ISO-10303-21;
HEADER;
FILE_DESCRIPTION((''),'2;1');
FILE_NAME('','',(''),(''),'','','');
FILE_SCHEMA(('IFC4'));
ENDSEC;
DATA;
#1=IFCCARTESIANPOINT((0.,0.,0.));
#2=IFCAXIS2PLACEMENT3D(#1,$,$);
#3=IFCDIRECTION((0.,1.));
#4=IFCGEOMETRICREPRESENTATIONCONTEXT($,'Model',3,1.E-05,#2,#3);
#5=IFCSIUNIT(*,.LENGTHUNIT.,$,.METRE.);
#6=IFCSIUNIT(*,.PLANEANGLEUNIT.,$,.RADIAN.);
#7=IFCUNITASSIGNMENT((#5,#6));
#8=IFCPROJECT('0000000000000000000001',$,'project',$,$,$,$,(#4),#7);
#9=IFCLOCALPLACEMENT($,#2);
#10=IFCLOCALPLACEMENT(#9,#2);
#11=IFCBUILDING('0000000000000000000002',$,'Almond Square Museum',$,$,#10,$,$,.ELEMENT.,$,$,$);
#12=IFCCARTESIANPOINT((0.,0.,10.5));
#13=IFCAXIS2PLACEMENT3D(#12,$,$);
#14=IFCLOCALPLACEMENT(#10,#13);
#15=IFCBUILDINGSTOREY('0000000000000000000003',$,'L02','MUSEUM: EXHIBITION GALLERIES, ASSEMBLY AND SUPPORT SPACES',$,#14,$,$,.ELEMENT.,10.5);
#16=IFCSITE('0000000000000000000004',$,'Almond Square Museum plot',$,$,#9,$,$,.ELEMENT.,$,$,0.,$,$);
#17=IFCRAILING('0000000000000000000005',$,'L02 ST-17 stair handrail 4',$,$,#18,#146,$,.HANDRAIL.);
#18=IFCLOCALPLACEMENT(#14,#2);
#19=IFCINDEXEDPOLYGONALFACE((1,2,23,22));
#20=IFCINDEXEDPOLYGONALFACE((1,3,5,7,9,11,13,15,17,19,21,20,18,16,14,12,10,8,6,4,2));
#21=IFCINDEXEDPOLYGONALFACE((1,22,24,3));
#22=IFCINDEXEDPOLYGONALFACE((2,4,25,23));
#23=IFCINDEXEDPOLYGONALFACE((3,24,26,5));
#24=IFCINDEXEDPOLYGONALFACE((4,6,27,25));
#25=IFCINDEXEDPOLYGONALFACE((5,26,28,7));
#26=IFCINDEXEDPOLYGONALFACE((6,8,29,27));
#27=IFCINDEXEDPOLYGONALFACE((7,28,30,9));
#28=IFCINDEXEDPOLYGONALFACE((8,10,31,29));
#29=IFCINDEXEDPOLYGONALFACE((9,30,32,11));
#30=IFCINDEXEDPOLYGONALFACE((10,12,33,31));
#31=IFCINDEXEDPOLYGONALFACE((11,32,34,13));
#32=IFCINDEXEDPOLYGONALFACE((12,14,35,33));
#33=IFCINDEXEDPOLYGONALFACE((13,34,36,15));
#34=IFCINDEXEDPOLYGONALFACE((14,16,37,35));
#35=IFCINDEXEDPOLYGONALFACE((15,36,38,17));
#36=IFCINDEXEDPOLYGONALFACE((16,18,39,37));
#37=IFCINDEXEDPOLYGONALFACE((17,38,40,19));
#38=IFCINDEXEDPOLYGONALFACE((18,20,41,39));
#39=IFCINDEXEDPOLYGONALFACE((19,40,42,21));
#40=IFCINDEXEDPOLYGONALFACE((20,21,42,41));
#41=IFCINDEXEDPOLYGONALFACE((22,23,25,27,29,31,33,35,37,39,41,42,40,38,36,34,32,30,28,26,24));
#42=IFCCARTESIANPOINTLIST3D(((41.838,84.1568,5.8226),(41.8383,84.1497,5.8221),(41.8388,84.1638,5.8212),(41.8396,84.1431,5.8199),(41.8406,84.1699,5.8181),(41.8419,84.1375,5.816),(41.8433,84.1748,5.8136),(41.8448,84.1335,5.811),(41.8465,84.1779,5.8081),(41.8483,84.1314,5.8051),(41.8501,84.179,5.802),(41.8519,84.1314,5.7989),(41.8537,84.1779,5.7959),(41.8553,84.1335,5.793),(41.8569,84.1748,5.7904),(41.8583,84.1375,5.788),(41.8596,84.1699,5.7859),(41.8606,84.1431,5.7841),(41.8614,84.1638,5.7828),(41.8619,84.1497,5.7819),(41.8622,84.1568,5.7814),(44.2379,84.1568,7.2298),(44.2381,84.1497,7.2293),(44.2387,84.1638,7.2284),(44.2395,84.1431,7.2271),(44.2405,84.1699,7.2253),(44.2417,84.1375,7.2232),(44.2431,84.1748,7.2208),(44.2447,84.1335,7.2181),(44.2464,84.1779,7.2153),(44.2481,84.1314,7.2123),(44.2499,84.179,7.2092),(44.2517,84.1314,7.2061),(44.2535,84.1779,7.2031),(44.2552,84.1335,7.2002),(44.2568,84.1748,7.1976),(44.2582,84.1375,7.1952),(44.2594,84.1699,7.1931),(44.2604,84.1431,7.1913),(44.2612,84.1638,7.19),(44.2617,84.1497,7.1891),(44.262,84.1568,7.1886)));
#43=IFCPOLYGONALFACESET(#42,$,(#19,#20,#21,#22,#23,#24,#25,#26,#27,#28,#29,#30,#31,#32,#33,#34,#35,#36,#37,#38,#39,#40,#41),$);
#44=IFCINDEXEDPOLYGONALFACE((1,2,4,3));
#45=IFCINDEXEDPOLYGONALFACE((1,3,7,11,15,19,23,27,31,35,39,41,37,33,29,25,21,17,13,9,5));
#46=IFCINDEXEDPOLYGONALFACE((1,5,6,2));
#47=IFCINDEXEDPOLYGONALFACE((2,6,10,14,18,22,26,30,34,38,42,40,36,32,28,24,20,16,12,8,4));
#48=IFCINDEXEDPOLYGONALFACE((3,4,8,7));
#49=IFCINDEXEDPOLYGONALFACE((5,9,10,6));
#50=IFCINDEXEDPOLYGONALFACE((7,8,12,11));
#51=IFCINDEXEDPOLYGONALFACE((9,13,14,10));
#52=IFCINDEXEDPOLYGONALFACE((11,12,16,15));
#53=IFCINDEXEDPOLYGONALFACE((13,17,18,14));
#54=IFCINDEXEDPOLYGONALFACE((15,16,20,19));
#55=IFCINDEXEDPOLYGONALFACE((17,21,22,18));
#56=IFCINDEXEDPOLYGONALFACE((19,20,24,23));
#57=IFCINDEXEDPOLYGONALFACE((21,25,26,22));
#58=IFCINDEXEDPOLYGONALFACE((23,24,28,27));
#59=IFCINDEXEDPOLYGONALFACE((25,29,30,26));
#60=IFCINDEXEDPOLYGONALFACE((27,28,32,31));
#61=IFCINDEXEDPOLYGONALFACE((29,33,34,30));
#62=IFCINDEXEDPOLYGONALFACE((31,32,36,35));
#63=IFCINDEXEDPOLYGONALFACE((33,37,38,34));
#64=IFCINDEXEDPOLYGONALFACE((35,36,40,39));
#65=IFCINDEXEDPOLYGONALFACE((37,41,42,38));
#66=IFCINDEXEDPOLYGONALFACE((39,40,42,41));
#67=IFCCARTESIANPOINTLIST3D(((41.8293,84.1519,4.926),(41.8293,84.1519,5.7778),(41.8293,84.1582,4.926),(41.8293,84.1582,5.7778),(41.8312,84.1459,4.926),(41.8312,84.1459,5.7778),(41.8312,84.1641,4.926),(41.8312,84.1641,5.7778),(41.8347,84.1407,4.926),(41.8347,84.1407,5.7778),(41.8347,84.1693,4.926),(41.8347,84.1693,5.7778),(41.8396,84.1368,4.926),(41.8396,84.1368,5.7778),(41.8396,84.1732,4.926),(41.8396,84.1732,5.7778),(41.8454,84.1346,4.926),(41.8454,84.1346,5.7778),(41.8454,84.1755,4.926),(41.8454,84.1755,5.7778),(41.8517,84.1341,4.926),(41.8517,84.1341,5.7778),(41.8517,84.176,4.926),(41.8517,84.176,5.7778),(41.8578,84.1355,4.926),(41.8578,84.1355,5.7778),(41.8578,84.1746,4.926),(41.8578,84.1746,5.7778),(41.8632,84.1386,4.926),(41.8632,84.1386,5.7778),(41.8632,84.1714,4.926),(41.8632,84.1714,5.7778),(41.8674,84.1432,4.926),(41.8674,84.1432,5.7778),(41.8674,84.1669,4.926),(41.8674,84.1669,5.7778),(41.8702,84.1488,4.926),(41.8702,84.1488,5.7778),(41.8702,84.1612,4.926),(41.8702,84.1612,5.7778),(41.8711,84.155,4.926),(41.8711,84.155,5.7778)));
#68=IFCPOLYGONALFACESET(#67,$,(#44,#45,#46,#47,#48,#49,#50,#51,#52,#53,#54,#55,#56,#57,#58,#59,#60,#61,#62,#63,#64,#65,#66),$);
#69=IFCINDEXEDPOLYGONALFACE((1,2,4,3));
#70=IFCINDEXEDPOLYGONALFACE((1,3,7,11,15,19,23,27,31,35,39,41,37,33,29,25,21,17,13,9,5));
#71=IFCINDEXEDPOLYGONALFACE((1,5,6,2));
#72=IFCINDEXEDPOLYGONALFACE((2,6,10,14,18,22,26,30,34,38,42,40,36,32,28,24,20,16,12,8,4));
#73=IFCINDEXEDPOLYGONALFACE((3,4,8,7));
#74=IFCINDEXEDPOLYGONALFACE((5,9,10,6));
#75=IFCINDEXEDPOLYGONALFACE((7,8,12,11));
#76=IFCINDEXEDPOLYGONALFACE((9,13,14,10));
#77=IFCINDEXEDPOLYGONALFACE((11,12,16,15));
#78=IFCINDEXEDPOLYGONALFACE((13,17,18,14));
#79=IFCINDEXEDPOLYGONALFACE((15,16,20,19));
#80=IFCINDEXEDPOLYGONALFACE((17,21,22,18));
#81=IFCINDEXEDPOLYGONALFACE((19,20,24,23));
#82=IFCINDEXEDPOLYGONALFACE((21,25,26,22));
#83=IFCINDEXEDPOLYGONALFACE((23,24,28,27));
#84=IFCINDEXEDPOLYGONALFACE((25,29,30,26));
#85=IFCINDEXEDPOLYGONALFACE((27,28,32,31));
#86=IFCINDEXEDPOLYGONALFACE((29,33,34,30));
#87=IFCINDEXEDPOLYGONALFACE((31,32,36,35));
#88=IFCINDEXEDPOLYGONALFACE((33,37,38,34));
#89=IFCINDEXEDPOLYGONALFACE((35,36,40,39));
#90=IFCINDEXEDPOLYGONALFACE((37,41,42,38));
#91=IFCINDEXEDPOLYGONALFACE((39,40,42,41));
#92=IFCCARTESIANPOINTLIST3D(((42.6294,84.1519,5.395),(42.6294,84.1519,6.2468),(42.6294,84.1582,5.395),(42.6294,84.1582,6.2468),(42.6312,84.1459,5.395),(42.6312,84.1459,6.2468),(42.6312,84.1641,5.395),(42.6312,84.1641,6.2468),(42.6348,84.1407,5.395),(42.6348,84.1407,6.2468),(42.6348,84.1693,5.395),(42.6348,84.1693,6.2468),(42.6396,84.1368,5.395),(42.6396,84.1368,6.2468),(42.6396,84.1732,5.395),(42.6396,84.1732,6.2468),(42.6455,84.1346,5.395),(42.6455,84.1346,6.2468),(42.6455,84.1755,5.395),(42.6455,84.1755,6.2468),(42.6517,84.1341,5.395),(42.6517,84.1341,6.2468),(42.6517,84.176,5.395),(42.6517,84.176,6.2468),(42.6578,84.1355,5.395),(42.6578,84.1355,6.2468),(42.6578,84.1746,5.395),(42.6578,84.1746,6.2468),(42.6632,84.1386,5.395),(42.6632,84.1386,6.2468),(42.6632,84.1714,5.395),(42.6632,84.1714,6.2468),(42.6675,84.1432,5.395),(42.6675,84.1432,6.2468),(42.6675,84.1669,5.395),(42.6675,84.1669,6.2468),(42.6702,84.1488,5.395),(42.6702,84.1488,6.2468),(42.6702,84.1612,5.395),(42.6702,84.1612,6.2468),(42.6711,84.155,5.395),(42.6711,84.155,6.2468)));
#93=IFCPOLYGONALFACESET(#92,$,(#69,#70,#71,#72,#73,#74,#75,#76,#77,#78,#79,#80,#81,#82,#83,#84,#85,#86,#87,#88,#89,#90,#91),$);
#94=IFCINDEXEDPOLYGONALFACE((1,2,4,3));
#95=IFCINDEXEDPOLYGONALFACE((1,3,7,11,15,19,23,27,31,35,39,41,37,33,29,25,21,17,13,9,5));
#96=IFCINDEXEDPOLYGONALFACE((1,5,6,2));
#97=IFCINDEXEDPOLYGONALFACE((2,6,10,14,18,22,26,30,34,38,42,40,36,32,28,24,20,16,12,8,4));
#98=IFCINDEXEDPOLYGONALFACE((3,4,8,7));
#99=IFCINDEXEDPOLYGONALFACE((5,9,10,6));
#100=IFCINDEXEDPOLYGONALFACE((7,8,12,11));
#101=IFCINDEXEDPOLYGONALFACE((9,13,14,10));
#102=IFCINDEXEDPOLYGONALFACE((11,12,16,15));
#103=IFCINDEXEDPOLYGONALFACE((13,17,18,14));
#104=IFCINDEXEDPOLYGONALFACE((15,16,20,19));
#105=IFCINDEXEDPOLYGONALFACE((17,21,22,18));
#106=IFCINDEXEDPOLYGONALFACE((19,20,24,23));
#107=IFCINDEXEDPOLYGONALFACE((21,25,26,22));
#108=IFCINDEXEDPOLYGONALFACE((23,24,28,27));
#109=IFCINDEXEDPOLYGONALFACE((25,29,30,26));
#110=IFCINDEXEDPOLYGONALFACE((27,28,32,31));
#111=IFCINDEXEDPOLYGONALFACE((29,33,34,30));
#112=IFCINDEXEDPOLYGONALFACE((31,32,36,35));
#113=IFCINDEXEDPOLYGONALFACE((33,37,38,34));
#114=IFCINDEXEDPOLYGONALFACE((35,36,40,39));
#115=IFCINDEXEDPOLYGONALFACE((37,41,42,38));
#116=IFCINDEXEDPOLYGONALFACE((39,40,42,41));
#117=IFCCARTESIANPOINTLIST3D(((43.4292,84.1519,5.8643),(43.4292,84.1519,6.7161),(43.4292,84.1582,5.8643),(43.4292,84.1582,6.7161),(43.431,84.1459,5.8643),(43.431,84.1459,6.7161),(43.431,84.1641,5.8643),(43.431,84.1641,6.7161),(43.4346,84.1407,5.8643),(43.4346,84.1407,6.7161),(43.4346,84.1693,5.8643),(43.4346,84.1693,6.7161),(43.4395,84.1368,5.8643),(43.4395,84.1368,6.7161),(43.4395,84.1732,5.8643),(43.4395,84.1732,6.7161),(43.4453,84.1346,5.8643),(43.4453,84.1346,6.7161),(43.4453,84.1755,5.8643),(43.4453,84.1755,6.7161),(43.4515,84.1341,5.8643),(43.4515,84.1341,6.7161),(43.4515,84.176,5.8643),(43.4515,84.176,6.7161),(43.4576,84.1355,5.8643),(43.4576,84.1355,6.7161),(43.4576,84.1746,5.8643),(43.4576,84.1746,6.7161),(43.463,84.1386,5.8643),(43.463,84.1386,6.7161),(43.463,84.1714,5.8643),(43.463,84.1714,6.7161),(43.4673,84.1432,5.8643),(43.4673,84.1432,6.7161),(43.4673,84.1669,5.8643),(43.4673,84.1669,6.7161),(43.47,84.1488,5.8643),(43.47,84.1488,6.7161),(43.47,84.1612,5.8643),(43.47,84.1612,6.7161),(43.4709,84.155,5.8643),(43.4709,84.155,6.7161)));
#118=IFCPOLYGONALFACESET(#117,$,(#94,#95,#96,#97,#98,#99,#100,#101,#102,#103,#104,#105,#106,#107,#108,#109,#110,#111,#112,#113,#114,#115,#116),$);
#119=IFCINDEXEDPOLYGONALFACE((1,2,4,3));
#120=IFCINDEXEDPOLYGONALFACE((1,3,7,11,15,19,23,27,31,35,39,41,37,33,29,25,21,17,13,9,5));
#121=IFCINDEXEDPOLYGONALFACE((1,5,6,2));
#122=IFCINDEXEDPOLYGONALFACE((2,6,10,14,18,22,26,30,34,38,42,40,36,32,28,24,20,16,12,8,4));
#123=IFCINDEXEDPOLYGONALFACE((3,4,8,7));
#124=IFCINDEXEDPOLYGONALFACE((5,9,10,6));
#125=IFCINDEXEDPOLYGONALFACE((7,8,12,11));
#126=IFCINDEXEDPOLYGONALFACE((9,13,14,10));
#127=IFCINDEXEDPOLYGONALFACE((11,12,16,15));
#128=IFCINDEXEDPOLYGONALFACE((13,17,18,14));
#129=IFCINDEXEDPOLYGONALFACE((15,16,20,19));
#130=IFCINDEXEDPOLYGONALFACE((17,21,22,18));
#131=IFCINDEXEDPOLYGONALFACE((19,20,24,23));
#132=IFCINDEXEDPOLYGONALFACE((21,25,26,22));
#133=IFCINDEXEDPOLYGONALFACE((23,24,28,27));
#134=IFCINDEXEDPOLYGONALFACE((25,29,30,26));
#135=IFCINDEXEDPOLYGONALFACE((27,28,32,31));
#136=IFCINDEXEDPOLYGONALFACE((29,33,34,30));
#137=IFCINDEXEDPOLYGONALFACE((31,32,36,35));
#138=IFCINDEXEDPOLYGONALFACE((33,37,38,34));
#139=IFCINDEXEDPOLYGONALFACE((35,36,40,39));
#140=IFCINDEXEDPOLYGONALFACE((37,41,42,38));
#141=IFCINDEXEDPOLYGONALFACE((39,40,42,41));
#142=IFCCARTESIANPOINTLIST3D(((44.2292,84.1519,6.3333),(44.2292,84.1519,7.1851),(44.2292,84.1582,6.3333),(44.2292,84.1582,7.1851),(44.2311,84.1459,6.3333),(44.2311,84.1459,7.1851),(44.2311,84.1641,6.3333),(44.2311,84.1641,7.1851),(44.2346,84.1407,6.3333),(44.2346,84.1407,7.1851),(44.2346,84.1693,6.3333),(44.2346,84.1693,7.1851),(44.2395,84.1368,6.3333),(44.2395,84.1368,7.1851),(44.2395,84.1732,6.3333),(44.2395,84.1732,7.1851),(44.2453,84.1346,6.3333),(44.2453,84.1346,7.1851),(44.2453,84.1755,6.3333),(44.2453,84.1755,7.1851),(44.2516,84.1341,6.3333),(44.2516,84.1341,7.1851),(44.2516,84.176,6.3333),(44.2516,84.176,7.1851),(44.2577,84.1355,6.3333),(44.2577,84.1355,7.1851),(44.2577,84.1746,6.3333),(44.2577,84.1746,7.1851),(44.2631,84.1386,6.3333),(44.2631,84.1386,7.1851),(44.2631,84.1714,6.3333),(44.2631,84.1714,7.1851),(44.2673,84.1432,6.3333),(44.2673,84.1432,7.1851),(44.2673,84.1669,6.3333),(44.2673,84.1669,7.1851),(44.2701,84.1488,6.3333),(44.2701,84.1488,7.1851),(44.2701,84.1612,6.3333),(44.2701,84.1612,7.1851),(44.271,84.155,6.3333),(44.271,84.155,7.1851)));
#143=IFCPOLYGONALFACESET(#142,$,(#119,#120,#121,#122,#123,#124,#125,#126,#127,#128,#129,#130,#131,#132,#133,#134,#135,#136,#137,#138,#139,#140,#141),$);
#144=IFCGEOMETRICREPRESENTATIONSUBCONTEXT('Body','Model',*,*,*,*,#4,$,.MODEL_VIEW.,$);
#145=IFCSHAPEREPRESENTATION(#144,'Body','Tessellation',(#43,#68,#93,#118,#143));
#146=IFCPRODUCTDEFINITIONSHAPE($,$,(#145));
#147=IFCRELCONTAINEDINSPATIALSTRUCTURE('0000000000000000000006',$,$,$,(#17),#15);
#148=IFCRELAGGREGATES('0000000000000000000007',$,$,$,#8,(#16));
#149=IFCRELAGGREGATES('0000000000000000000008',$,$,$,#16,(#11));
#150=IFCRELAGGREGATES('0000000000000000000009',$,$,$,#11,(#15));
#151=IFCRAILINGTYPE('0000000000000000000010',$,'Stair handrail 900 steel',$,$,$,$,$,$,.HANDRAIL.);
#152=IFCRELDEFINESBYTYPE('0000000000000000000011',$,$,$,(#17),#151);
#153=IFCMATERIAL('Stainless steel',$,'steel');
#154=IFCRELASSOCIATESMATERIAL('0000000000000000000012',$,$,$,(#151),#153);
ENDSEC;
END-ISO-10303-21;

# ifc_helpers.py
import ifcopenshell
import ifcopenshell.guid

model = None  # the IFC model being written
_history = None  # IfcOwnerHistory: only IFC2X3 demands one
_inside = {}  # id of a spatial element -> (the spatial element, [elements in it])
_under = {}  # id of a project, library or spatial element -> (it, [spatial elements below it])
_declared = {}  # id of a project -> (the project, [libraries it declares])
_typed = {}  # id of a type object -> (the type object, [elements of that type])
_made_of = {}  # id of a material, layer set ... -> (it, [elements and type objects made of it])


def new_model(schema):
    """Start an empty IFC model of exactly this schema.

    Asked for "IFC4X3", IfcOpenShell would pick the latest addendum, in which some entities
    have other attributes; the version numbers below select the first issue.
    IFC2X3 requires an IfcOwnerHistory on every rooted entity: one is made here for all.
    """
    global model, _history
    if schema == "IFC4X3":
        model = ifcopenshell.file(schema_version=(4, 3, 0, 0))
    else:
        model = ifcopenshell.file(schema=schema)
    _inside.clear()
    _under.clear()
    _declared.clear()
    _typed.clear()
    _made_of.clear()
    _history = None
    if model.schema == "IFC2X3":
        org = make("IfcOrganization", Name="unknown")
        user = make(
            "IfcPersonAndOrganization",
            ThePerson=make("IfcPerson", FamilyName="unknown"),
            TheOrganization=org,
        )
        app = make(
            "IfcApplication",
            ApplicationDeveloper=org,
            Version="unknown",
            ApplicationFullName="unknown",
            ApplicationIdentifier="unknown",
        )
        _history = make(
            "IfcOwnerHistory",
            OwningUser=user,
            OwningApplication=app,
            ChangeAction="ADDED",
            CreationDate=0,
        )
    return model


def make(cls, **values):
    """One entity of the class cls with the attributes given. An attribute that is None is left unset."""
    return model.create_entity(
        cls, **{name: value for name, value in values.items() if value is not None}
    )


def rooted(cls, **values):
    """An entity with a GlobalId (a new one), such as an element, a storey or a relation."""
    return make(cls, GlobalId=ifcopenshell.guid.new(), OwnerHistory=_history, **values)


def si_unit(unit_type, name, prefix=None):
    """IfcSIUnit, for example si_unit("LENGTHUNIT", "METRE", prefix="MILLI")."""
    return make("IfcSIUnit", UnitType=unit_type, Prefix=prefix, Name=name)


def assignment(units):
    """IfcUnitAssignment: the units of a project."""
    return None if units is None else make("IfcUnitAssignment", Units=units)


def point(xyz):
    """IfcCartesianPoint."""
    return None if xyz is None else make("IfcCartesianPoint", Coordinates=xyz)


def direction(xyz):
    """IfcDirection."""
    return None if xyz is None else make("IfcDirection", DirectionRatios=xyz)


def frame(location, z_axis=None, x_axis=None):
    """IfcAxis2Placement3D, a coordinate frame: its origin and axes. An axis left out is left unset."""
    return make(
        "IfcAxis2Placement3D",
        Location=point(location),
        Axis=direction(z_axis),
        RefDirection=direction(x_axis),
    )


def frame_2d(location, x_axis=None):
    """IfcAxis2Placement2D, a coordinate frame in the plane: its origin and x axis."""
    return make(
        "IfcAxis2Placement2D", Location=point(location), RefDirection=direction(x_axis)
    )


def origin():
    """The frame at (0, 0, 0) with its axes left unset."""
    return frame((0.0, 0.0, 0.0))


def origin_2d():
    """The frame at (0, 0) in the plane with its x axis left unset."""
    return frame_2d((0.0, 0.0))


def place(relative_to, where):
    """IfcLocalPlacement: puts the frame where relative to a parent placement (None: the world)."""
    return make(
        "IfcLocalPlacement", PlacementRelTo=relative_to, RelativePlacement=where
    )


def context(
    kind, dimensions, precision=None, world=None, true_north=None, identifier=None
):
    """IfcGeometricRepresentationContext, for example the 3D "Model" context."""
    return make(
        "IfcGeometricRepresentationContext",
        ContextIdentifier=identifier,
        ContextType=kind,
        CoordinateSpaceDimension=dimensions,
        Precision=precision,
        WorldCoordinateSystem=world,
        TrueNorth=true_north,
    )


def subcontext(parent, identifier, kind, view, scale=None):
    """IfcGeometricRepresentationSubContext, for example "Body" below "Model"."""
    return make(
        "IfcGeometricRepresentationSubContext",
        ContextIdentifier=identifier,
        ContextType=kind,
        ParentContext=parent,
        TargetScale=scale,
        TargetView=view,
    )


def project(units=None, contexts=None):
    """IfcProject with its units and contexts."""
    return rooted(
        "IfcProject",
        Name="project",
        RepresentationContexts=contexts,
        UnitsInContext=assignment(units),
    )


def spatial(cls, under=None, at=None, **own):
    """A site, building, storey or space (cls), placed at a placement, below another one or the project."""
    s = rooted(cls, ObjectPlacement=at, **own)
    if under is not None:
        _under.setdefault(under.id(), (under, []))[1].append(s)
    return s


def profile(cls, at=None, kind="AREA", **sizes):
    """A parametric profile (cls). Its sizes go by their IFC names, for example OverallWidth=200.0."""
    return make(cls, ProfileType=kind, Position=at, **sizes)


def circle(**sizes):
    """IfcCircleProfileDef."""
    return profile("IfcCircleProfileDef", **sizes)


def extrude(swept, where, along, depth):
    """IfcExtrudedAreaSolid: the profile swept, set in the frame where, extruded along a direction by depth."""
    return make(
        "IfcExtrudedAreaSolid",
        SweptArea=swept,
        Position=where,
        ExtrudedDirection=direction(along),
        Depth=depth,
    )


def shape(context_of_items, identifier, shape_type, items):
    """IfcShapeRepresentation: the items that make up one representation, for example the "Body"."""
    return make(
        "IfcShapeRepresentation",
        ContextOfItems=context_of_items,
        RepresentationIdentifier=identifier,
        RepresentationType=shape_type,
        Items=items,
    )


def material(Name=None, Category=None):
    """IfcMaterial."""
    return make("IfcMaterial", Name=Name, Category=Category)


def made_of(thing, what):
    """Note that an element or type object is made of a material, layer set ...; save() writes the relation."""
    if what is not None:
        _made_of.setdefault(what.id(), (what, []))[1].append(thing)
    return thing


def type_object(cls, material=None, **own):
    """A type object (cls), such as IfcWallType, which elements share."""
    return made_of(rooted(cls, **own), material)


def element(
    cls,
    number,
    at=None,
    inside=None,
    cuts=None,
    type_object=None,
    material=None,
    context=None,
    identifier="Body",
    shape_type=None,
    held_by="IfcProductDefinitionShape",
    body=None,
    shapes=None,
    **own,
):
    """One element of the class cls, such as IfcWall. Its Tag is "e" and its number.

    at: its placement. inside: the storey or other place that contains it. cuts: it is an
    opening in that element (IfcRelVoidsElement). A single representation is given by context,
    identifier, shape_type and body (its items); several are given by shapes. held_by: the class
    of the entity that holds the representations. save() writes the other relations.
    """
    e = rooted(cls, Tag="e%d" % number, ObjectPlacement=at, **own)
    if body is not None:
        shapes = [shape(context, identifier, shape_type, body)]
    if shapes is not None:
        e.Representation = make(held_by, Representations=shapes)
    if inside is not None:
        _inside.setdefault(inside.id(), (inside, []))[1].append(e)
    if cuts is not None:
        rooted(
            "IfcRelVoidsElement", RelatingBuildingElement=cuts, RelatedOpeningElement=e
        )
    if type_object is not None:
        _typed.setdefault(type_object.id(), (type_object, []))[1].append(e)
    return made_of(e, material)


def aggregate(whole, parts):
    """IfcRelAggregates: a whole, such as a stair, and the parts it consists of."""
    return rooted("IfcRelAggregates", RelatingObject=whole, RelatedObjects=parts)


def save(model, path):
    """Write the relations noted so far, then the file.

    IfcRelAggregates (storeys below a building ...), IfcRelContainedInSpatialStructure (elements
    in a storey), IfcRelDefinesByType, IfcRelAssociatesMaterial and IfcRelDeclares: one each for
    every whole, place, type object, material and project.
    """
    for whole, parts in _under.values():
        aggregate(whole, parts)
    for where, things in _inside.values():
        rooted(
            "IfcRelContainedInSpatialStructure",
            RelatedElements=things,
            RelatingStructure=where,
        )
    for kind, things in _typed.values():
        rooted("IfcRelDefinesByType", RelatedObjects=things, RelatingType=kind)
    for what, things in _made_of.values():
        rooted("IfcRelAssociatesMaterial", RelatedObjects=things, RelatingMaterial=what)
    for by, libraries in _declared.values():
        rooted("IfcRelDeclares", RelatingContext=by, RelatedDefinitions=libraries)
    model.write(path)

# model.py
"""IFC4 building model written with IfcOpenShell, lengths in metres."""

from ifc_helpers import new_model, si_unit, direction, frame, origin, origin_2d, place, context, subcontext, project, spatial, circle, extrude, material, type_object, element, save


model = new_model("IFC4")

# Units and contexts
model_context = context("Model", 3, precision=1e-05, world=origin(), true_north=direction((0.0, 1.0)))
body_context = subcontext(model_context, "Body", "Model", "MODEL_VIEW")
ifc_project = project(units=[si_unit("LENGTHUNIT", "METRE"), si_unit("PLANEANGLEUNIT", "RADIAN")], contexts=[model_context])

# Site, building, storey
site_placement = place(None, origin())
site = spatial("IfcSite", under=ifc_project, at=site_placement, Name="Almond Square Museum plot", CompositionType="ELEMENT", RefElevation=0.0)
building_placement = place(site_placement, origin())
building = spatial("IfcBuilding", under=site, at=building_placement, Name="Almond Square Museum", CompositionType="ELEMENT")
storey_placement = place(building_placement, frame((0.0, 0.0, 10.5)))
storey = spatial("IfcBuildingStorey", under=building, at=storey_placement, Name="L02", Description="MUSEUM: EXHIBITION GALLERIES, ASSEMBLY AND SUPPORT SPACES", CompositionType="ELEMENT", Elevation=10.5)

# Railing
ifc_material_1 = material(Name="Stainless steel", Category="steel")
railing_type_1 = type_object("IfcRailingType", Name="Stair handrail 900 steel", PredefinedType="HANDRAIL", material=ifc_material_1)
railing_1_placement = place(storey_placement, frame((41.8501, 84.155, 4.926)))
element("IfcRailing", 1, at=railing_1_placement, inside=storey, type_object=railing_type_1, Name="L02 ST-17 stair handrail 4", PredefinedType="HANDRAIL", context=body_context, shape_type="SweptSolid", body=[
    extrude(circle(Radius=0.0239, at=origin_2d()), frame((0.0, 0.0, 0.876), z_axis=(0.862637, 0.0, 0.505823), x_axis=(0.0, 1.0, 0.0)), (0.0, 0.0, 1.0), 2.782),
    extrude(circle(Radius=0.021, at=origin_2d()), origin(), (0.0, 0.0, 1.0), 0.8518),
    extrude(circle(Radius=0.021, at=origin_2d()), frame((0.8, 0.0, 0.469)), (0.0, 0.0, 1.0), 0.8518),
    extrude(circle(Radius=0.021, at=origin_2d()), frame((1.5999, 0.0, 0.9382)), (0.0, 0.0, 1.0), 0.8518),
    extrude(circle(Radius=0.021, at=origin_2d()), frame((2.3999, 0.0, 1.4072)), (0.0, 0.0, 1.0), 0.8518),
])

save(model, "model.ifc")
